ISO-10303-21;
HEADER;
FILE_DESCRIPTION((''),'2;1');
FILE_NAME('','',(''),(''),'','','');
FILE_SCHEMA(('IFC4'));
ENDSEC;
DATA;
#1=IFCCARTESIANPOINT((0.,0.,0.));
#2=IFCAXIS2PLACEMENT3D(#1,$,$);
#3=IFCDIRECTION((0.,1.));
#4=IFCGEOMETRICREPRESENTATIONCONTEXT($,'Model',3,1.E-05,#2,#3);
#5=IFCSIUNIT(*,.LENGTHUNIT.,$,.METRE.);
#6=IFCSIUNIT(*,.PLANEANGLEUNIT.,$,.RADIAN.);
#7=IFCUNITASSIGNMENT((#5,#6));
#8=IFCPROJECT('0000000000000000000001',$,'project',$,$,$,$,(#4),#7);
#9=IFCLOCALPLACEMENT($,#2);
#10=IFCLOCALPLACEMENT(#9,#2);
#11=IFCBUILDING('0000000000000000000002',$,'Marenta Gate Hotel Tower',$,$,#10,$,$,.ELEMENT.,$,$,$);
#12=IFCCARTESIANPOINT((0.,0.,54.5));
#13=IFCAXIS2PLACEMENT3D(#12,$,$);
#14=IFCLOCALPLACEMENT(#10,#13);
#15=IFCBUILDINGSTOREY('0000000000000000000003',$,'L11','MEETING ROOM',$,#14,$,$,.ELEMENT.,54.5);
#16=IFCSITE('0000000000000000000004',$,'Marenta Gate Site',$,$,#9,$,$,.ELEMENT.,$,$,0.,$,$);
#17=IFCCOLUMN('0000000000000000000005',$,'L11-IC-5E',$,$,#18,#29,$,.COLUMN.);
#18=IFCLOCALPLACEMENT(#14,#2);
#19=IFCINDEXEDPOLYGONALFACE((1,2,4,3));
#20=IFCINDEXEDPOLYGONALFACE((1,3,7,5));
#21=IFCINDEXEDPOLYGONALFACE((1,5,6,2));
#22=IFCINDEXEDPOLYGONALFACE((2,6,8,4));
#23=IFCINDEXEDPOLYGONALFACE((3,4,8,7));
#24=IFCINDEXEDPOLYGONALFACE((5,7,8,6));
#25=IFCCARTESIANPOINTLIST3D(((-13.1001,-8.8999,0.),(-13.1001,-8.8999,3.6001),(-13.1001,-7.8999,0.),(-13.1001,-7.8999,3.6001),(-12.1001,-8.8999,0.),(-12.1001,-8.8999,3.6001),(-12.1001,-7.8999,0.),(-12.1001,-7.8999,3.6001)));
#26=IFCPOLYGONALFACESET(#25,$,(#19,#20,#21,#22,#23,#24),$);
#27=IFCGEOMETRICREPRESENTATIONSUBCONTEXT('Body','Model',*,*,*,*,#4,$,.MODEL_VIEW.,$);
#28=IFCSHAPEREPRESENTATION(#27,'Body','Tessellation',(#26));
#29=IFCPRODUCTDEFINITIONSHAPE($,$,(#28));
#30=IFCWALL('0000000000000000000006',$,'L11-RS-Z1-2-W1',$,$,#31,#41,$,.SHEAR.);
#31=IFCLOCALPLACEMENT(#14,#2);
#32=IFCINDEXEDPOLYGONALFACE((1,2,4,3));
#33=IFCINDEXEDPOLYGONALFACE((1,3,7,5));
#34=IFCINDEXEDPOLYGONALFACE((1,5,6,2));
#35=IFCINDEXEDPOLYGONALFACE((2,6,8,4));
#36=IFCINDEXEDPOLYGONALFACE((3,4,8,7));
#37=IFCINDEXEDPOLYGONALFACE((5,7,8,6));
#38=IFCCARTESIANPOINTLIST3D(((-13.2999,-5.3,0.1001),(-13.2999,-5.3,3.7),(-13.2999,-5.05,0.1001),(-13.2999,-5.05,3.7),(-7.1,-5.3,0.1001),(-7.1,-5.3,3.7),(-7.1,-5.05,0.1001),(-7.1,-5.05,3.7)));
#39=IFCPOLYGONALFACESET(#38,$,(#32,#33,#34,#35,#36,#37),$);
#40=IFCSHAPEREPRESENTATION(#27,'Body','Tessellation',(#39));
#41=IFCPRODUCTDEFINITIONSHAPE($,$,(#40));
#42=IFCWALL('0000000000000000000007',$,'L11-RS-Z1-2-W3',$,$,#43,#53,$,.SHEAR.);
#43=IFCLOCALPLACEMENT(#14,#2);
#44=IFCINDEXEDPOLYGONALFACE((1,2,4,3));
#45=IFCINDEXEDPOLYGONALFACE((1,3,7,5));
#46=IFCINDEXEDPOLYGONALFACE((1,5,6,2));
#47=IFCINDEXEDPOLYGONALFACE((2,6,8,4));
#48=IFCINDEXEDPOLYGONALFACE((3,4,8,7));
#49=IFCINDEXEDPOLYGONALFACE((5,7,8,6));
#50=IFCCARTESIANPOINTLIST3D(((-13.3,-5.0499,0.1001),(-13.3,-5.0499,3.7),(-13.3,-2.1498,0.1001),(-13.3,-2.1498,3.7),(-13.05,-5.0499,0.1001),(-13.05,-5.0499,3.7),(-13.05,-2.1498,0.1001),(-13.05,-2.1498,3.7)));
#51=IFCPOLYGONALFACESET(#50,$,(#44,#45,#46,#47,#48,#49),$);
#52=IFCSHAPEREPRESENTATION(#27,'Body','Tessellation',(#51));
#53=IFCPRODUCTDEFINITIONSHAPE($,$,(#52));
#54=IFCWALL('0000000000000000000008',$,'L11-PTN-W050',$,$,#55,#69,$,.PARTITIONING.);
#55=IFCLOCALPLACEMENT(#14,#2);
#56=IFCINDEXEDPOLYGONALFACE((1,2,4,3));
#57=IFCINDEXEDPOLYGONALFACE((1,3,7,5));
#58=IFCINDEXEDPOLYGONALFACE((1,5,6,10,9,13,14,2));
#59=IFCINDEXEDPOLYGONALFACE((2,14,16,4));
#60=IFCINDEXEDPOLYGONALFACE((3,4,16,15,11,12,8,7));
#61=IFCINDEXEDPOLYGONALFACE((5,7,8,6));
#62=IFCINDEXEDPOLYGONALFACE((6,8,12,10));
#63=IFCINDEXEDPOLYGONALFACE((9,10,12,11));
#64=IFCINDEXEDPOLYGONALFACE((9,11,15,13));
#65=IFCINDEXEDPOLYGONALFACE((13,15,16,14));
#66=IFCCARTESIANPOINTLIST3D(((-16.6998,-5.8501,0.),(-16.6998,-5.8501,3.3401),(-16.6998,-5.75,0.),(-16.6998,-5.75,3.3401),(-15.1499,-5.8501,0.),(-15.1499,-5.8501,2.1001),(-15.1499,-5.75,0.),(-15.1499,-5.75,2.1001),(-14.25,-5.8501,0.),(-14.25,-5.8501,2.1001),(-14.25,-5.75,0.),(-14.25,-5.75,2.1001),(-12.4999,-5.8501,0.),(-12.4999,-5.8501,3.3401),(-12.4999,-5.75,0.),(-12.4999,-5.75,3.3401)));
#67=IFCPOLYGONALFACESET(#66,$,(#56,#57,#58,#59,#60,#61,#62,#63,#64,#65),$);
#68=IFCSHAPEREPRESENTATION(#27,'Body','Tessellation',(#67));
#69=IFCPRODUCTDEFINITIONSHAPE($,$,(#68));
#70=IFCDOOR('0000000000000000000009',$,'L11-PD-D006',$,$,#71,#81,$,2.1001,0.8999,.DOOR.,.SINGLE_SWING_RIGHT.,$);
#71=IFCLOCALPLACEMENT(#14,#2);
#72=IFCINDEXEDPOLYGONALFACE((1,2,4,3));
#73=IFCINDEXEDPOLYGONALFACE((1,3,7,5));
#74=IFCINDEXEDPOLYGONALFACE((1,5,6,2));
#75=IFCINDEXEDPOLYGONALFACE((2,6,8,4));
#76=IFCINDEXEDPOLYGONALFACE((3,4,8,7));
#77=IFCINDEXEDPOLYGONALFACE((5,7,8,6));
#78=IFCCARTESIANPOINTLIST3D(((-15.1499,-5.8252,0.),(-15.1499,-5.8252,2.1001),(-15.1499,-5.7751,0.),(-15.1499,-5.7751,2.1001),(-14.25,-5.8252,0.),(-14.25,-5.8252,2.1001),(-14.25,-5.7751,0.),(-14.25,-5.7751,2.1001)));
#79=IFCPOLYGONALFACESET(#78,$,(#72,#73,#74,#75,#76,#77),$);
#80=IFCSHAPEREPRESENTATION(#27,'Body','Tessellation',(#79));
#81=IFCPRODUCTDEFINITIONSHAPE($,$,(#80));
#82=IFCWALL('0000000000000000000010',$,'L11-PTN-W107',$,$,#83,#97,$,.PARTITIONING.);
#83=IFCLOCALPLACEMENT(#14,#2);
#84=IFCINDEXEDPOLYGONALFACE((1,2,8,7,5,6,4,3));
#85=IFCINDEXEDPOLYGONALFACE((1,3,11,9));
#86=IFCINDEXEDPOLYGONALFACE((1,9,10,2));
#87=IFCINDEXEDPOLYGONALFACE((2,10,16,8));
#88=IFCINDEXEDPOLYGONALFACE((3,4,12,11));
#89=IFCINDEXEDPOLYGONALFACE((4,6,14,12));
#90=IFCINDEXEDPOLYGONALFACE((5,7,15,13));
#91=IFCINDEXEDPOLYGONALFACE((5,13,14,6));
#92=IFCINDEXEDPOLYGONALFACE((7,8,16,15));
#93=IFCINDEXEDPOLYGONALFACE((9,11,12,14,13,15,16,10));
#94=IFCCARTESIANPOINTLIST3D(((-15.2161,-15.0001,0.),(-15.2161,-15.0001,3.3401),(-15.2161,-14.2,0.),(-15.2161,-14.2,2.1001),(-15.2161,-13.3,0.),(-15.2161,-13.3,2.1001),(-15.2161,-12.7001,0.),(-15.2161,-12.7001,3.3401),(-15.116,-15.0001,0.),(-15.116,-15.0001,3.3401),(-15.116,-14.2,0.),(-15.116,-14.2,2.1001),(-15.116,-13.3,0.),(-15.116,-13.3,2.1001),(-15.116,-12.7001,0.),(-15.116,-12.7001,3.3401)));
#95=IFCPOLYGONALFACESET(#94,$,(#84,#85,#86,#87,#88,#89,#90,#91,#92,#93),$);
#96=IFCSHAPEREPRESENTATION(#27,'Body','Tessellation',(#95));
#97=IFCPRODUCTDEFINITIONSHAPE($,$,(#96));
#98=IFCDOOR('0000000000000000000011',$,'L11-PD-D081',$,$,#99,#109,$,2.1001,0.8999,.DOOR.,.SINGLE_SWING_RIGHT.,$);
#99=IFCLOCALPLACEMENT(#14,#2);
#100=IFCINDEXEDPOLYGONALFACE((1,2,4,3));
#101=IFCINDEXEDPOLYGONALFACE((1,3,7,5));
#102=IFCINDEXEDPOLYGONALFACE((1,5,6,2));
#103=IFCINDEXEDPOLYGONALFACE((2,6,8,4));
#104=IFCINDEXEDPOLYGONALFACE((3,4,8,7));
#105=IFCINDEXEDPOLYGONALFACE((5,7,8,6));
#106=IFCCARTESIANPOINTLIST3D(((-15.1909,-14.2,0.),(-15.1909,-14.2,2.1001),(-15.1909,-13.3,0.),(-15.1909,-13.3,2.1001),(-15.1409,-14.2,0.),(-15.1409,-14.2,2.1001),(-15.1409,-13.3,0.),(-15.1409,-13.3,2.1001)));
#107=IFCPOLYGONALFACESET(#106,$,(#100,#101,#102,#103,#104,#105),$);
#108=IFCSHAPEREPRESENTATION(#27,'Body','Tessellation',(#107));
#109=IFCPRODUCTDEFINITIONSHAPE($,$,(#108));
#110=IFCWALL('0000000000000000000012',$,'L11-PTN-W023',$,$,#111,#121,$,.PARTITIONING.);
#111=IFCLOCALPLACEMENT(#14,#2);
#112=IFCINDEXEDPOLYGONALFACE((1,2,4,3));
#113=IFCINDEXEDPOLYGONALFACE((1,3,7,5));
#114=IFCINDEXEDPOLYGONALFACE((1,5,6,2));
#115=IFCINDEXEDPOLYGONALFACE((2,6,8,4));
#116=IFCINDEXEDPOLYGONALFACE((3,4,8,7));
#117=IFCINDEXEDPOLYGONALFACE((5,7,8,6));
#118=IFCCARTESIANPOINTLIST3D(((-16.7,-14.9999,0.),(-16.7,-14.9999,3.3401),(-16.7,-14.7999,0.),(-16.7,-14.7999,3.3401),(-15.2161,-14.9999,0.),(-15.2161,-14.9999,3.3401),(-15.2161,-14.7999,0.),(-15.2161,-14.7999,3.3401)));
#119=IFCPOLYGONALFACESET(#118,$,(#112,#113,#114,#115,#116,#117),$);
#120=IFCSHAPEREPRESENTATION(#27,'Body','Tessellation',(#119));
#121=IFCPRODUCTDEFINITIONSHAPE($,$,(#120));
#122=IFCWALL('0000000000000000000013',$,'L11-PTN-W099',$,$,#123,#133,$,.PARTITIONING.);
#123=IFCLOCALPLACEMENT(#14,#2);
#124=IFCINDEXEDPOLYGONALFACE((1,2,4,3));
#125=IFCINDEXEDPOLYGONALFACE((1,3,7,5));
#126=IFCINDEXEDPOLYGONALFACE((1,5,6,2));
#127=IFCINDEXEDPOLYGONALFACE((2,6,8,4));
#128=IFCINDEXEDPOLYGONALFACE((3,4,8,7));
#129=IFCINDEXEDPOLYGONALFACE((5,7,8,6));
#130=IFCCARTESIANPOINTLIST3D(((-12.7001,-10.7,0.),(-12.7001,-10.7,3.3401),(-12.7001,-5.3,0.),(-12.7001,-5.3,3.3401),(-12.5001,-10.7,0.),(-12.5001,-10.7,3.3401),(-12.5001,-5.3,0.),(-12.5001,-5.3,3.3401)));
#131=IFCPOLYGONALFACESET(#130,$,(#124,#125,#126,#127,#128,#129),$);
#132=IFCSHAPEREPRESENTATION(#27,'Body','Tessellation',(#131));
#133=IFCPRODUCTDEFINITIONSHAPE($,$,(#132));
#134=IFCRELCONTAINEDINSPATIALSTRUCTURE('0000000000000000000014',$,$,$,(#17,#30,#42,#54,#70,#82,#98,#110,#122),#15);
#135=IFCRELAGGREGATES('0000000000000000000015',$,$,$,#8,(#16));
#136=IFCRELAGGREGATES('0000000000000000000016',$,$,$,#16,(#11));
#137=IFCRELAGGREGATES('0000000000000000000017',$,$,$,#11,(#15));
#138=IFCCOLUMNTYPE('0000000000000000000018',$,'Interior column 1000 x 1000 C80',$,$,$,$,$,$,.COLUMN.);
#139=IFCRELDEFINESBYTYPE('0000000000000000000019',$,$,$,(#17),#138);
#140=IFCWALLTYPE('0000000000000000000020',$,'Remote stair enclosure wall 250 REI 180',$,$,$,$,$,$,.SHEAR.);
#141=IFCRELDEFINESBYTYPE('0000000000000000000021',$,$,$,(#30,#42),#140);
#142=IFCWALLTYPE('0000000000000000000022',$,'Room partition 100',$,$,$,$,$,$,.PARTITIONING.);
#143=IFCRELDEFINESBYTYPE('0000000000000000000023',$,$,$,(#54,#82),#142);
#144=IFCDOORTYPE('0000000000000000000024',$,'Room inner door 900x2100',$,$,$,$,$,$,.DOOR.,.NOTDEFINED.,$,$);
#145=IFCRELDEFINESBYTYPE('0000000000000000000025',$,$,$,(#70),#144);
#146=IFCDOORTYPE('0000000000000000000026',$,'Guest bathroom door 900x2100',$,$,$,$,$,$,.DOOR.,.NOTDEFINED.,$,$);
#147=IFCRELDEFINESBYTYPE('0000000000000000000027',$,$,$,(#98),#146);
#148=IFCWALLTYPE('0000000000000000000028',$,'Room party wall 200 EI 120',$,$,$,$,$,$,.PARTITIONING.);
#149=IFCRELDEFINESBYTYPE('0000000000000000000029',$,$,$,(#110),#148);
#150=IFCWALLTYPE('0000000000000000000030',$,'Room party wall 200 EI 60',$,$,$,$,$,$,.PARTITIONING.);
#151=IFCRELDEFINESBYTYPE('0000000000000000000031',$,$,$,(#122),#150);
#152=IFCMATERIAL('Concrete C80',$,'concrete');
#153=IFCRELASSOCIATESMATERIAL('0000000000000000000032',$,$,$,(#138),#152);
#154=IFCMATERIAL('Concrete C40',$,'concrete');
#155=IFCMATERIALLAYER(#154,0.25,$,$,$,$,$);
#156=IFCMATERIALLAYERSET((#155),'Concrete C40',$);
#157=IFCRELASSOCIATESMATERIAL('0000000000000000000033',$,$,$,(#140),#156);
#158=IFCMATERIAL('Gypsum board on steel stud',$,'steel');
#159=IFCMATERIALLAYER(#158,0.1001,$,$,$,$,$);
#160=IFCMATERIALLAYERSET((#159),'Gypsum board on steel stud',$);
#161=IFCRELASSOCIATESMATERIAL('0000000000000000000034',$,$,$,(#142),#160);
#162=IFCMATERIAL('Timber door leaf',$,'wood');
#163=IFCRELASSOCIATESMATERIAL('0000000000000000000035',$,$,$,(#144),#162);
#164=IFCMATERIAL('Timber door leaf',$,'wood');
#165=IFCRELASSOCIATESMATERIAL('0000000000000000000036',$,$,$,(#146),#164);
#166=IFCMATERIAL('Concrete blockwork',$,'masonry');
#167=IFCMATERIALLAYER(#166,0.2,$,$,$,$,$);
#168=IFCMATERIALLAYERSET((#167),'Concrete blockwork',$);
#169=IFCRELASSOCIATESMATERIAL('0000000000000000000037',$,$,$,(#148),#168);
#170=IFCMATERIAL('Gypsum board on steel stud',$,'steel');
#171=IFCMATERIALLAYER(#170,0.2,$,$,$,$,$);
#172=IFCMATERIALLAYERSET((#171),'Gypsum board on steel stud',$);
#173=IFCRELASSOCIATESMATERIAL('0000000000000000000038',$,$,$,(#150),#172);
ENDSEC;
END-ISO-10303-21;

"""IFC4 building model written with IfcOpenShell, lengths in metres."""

from ifc_helpers import new_model, si_unit, direction, frame, frame_2d, origin, origin_2d, place, context, subcontext, project, spatial, rectangle, extrude, material, layer, layer_set, material_profile, profile_set, type_object, element, fill, save


model = new_model("IFC4")

# Units and contexts
model_context = context("Model", 3, precision=1e-05, world=origin(), true_north=direction((0.0, 1.0)))
body_context = subcontext(model_context, "Body", "Model", "MODEL_VIEW")
ifc_project = project(units=[si_unit("LENGTHUNIT", "METRE"), si_unit("PLANEANGLEUNIT", "RADIAN")], contexts=[model_context])

# Site, building, storey
site_placement = place(None, origin())
site = spatial("IfcSite", under=ifc_project, at=site_placement, Name="Marenta Gate Site", CompositionType="ELEMENT", RefElevation=0.0)
building_placement = place(site_placement, origin())
building = spatial("IfcBuilding", under=site, at=building_placement, Name="Marenta Gate Hotel Tower", CompositionType="ELEMENT")
storey_placement = place(building_placement, frame((0.0, 0.0, 54.5)))
storey = spatial("IfcBuildingStorey", under=building, at=storey_placement, Name="L11", Description="MEETING ROOM", CompositionType="ELEMENT", Elevation=54.5)

# Column
ifc_material_1 = material(Name="Concrete C80", Category="concrete")
ifc_material_profile = material_profile(ifc_material_1, rectangle(XDim=1.0, YDim=1.0, at=origin_2d()), Name="1000 x 1000")
ifc_profile_set = profile_set([ifc_material_profile], Name="Concrete C80")
column_type = type_object("IfcColumnType", Name="Interior column 1000 x 1000 C80", PredefinedType="COLUMN", material=ifc_profile_set)
column_placement = place(storey_placement, frame((-12.6001, -8.3999, 0.0), z_axis=(0.0, 0.0, 1.0), x_axis=(1.0, 0.0, 0.0)))
element("IfcColumn", 1, at=column_placement, inside=storey, type_object=column_type, Name="L11-IC-5E", PredefinedType="COLUMN", context=body_context, shape_type="SweptSolid", body=[
    extrude(rectangle(XDim=1.0, YDim=1.0, at=origin_2d()), origin(), (0.0, 0.0, 1.0), 3.6001),
])

# Walls
ifc_material_2 = material(Name="Concrete C40", Category="concrete")
ifc_layer_1 = layer(ifc_material_2, 0.25)
ifc_layer_set_1 = layer_set([ifc_layer_1], Name="Concrete C40")
wall_type_1 = type_object("IfcWallType", Name="Remote stair enclosure wall 250 REI 180", PredefinedType="SHEAR", material=ifc_layer_set_1)
wall_1_placement = place(storey_placement, frame((-13.3, -5.175, 0.1001), z_axis=(0.0, 0.0, 1.0), x_axis=(1.0, 0.0, 0.0)))
element("IfcWall", 2, at=wall_1_placement, inside=storey, type_object=wall_type_1, Name="L11-RS-Z1-2-W1", PredefinedType="SHEAR", context=body_context, shape_type="SweptSolid", body=[
    extrude(rectangle(XDim=6.2, YDim=0.25, at=frame_2d((3.1001, 0.0))), origin(), (0.0, 0.0, 1.0), 3.5999),
])
wall_2_placement = place(storey_placement, frame((-13.175, -5.05, 0.1001), z_axis=(0.0, 0.0, 1.0), x_axis=(0.0, 1.0, 0.0)))
element("IfcWall", 3, at=wall_2_placement, inside=storey, type_object=wall_type_1, Name="L11-RS-Z1-2-W3", PredefinedType="SHEAR", context=body_context, shape_type="SweptSolid", body=[
    extrude(rectangle(XDim=2.9001, YDim=0.25, at=frame_2d((1.4502, 0.0))), origin(), (0.0, 0.0, 1.0), 3.5999),
])

# Walls, openings, doors
ifc_material_3 = material(Name="Gypsum board on steel stud", Category="steel")
ifc_layer_2 = layer(ifc_material_3, 0.1001)
ifc_layer_set_2 = layer_set([ifc_layer_2], Name="Gypsum board on steel stud")
wall_type_2 = type_object("IfcWallType", Name="Room partition 100", PredefinedType="PARTITIONING", material=ifc_layer_set_2)
wall_3_placement = place(storey_placement, frame((-16.7, -5.8, 0.0), z_axis=(0.0, 0.0, 1.0), x_axis=(1.0, 0.0, 0.0)))
wall_3 = element("IfcWall", 4, at=wall_3_placement, inside=storey, type_object=wall_type_2, Name="L11-PTN-W050", PredefinedType="PARTITIONING", context=body_context, shape_type="SweptSolid", body=[
    extrude(rectangle(XDim=4.2, YDim=0.1001, at=frame_2d((2.1001, 0.0))), origin(), (0.0, 0.0, 1.0), 3.3401),
])
opening_1_placement = place(wall_3_placement, frame((1.55, 0.0, 0.0)))
opening_1 = element("IfcOpeningElement", 5, at=opening_1_placement, cuts=wall_3, PredefinedType="OPENING", context=body_context, shape_type="SweptSolid", body=[
    extrude(rectangle(XDim=0.8999, YDim=2.1001, at=frame_2d((0.45, 1.05))), frame((0.0, 0.05, 0.0), z_axis=(0.0, -1.0, 0.0), x_axis=(1.0, 0.0, 0.0)), (0.0, 0.0, 1.0), 0.1001),
])
ifc_material_4 = material(Name="Timber door leaf", Category="wood")
door_type_1 = type_object("IfcDoorType", Name="Room inner door 900x2100", OperationType="NOTDEFINED", PredefinedType="DOOR", material=ifc_material_4)
door_1_placement = place(opening_1_placement, origin())
door_1 = element("IfcDoor", 6, at=door_1_placement, inside=storey, type_object=door_type_1, Name="L11-PD-D006", OperationType="SINGLE_SWING_RIGHT", OverallHeight=2.1001, OverallWidth=0.8999, PredefinedType="DOOR", context=body_context, shape_type="SweptSolid", body=[
    extrude(rectangle(XDim=0.8999, YDim=2.1001, at=frame_2d((0.45, 1.05))), frame((0.0, 0.0249, 0.0), z_axis=(0.0, -1.0, 0.0), x_axis=(1.0, 0.0, 0.0)), (0.0, 0.0, 1.0), 0.05),
])
fill(opening_1, door_1)
wall_4_placement = place(storey_placement, frame((-15.166, -15.0, 0.0), z_axis=(0.0, 0.0, 1.0), x_axis=(0.0, 1.0, 0.0)))
wall_4 = element("IfcWall", 7, at=wall_4_placement, inside=storey, type_object=wall_type_2, Name="L11-PTN-W107", PredefinedType="PARTITIONING", context=body_context, shape_type="SweptSolid", body=[
    extrude(rectangle(XDim=2.3, YDim=0.1001, at=frame_2d((1.1499, 0.0))), origin(), (0.0, 0.0, 1.0), 3.3401),
])
opening_2_placement = place(wall_4_placement, frame((0.8, 0.0, 0.0)))
opening_2 = element("IfcOpeningElement", 8, at=opening_2_placement, cuts=wall_4, PredefinedType="OPENING", context=body_context, shape_type="SweptSolid", body=[
    extrude(rectangle(XDim=0.8999, YDim=2.1001, at=frame_2d((0.45, 1.05))), frame((0.0, 0.05, 0.0), z_axis=(0.0, -1.0, 0.0), x_axis=(1.0, 0.0, 0.0)), (0.0, 0.0, 1.0), 0.1001),
])
ifc_material_5 = material(Name="Timber door leaf", Category="wood")
door_type_2 = type_object("IfcDoorType", Name="Guest bathroom door 900x2100", OperationType="NOTDEFINED", PredefinedType="DOOR", material=ifc_material_5)
door_2_placement = place(opening_2_placement, origin())
door_2 = element("IfcDoor", 9, at=door_2_placement, inside=storey, type_object=door_type_2, Name="L11-PD-D081", OperationType="SINGLE_SWING_RIGHT", OverallHeight=2.1001, OverallWidth=0.8999, PredefinedType="DOOR", context=body_context, shape_type="SweptSolid", body=[
    extrude(rectangle(XDim=0.8999, YDim=2.1001, at=frame_2d((0.45, 1.05))), frame((0.0, 0.0249, 0.0), z_axis=(0.0, -1.0, 0.0), x_axis=(1.0, 0.0, 0.0)), (0.0, 0.0, 1.0), 0.05),
])
fill(opening_2, door_2)

# Walls
ifc_material_6 = material(Name="Concrete blockwork", Category="masonry")
ifc_layer_3 = layer(ifc_material_6, 0.2)
ifc_layer_set_3 = layer_set([ifc_layer_3], Name="Concrete blockwork")
wall_type_3 = type_object("IfcWallType", Name="Room party wall 200 EI 120", PredefinedType="PARTITIONING", material=ifc_layer_set_3)
wall_5_placement = place(storey_placement, frame((-16.7, -14.8999, 0.0), z_axis=(0.0, 0.0, 1.0), x_axis=(1.0, 0.0, 0.0)))
element("IfcWall", 10, at=wall_5_placement, inside=storey, type_object=wall_type_3, Name="L11-PTN-W023", PredefinedType="PARTITIONING", context=body_context, shape_type="SweptSolid", body=[
    extrude(rectangle(XDim=1.4839, YDim=0.2, at=frame_2d((0.7419, 0.0))), origin(), (0.0, 0.0, 1.0), 3.3401),
])
ifc_material_7 = material(Name="Gypsum board on steel stud", Category="steel")
ifc_layer_4 = layer(ifc_material_7, 0.2)
ifc_layer_set_4 = layer_set([ifc_layer_4], Name="Gypsum board on steel stud")
wall_type_4 = type_object("IfcWallType", Name="Room party wall 200 EI 60", PredefinedType="PARTITIONING", material=ifc_layer_set_4)
wall_6_placement = place(storey_placement, frame((-12.6001, -10.7, 0.0), z_axis=(0.0, 0.0, 1.0), x_axis=(0.0, 1.0, 0.0)))
element("IfcWall", 11, at=wall_6_placement, inside=storey, type_object=wall_type_4, Name="L11-PTN-W099", PredefinedType="PARTITIONING", context=body_context, shape_type="SweptSolid", body=[
    extrude(rectangle(XDim=5.3999, YDim=0.2, at=frame_2d((2.7, 0.0))), origin(), (0.0, 0.0, 1.0), 3.3401),
])

save(model, "model.ifc")
